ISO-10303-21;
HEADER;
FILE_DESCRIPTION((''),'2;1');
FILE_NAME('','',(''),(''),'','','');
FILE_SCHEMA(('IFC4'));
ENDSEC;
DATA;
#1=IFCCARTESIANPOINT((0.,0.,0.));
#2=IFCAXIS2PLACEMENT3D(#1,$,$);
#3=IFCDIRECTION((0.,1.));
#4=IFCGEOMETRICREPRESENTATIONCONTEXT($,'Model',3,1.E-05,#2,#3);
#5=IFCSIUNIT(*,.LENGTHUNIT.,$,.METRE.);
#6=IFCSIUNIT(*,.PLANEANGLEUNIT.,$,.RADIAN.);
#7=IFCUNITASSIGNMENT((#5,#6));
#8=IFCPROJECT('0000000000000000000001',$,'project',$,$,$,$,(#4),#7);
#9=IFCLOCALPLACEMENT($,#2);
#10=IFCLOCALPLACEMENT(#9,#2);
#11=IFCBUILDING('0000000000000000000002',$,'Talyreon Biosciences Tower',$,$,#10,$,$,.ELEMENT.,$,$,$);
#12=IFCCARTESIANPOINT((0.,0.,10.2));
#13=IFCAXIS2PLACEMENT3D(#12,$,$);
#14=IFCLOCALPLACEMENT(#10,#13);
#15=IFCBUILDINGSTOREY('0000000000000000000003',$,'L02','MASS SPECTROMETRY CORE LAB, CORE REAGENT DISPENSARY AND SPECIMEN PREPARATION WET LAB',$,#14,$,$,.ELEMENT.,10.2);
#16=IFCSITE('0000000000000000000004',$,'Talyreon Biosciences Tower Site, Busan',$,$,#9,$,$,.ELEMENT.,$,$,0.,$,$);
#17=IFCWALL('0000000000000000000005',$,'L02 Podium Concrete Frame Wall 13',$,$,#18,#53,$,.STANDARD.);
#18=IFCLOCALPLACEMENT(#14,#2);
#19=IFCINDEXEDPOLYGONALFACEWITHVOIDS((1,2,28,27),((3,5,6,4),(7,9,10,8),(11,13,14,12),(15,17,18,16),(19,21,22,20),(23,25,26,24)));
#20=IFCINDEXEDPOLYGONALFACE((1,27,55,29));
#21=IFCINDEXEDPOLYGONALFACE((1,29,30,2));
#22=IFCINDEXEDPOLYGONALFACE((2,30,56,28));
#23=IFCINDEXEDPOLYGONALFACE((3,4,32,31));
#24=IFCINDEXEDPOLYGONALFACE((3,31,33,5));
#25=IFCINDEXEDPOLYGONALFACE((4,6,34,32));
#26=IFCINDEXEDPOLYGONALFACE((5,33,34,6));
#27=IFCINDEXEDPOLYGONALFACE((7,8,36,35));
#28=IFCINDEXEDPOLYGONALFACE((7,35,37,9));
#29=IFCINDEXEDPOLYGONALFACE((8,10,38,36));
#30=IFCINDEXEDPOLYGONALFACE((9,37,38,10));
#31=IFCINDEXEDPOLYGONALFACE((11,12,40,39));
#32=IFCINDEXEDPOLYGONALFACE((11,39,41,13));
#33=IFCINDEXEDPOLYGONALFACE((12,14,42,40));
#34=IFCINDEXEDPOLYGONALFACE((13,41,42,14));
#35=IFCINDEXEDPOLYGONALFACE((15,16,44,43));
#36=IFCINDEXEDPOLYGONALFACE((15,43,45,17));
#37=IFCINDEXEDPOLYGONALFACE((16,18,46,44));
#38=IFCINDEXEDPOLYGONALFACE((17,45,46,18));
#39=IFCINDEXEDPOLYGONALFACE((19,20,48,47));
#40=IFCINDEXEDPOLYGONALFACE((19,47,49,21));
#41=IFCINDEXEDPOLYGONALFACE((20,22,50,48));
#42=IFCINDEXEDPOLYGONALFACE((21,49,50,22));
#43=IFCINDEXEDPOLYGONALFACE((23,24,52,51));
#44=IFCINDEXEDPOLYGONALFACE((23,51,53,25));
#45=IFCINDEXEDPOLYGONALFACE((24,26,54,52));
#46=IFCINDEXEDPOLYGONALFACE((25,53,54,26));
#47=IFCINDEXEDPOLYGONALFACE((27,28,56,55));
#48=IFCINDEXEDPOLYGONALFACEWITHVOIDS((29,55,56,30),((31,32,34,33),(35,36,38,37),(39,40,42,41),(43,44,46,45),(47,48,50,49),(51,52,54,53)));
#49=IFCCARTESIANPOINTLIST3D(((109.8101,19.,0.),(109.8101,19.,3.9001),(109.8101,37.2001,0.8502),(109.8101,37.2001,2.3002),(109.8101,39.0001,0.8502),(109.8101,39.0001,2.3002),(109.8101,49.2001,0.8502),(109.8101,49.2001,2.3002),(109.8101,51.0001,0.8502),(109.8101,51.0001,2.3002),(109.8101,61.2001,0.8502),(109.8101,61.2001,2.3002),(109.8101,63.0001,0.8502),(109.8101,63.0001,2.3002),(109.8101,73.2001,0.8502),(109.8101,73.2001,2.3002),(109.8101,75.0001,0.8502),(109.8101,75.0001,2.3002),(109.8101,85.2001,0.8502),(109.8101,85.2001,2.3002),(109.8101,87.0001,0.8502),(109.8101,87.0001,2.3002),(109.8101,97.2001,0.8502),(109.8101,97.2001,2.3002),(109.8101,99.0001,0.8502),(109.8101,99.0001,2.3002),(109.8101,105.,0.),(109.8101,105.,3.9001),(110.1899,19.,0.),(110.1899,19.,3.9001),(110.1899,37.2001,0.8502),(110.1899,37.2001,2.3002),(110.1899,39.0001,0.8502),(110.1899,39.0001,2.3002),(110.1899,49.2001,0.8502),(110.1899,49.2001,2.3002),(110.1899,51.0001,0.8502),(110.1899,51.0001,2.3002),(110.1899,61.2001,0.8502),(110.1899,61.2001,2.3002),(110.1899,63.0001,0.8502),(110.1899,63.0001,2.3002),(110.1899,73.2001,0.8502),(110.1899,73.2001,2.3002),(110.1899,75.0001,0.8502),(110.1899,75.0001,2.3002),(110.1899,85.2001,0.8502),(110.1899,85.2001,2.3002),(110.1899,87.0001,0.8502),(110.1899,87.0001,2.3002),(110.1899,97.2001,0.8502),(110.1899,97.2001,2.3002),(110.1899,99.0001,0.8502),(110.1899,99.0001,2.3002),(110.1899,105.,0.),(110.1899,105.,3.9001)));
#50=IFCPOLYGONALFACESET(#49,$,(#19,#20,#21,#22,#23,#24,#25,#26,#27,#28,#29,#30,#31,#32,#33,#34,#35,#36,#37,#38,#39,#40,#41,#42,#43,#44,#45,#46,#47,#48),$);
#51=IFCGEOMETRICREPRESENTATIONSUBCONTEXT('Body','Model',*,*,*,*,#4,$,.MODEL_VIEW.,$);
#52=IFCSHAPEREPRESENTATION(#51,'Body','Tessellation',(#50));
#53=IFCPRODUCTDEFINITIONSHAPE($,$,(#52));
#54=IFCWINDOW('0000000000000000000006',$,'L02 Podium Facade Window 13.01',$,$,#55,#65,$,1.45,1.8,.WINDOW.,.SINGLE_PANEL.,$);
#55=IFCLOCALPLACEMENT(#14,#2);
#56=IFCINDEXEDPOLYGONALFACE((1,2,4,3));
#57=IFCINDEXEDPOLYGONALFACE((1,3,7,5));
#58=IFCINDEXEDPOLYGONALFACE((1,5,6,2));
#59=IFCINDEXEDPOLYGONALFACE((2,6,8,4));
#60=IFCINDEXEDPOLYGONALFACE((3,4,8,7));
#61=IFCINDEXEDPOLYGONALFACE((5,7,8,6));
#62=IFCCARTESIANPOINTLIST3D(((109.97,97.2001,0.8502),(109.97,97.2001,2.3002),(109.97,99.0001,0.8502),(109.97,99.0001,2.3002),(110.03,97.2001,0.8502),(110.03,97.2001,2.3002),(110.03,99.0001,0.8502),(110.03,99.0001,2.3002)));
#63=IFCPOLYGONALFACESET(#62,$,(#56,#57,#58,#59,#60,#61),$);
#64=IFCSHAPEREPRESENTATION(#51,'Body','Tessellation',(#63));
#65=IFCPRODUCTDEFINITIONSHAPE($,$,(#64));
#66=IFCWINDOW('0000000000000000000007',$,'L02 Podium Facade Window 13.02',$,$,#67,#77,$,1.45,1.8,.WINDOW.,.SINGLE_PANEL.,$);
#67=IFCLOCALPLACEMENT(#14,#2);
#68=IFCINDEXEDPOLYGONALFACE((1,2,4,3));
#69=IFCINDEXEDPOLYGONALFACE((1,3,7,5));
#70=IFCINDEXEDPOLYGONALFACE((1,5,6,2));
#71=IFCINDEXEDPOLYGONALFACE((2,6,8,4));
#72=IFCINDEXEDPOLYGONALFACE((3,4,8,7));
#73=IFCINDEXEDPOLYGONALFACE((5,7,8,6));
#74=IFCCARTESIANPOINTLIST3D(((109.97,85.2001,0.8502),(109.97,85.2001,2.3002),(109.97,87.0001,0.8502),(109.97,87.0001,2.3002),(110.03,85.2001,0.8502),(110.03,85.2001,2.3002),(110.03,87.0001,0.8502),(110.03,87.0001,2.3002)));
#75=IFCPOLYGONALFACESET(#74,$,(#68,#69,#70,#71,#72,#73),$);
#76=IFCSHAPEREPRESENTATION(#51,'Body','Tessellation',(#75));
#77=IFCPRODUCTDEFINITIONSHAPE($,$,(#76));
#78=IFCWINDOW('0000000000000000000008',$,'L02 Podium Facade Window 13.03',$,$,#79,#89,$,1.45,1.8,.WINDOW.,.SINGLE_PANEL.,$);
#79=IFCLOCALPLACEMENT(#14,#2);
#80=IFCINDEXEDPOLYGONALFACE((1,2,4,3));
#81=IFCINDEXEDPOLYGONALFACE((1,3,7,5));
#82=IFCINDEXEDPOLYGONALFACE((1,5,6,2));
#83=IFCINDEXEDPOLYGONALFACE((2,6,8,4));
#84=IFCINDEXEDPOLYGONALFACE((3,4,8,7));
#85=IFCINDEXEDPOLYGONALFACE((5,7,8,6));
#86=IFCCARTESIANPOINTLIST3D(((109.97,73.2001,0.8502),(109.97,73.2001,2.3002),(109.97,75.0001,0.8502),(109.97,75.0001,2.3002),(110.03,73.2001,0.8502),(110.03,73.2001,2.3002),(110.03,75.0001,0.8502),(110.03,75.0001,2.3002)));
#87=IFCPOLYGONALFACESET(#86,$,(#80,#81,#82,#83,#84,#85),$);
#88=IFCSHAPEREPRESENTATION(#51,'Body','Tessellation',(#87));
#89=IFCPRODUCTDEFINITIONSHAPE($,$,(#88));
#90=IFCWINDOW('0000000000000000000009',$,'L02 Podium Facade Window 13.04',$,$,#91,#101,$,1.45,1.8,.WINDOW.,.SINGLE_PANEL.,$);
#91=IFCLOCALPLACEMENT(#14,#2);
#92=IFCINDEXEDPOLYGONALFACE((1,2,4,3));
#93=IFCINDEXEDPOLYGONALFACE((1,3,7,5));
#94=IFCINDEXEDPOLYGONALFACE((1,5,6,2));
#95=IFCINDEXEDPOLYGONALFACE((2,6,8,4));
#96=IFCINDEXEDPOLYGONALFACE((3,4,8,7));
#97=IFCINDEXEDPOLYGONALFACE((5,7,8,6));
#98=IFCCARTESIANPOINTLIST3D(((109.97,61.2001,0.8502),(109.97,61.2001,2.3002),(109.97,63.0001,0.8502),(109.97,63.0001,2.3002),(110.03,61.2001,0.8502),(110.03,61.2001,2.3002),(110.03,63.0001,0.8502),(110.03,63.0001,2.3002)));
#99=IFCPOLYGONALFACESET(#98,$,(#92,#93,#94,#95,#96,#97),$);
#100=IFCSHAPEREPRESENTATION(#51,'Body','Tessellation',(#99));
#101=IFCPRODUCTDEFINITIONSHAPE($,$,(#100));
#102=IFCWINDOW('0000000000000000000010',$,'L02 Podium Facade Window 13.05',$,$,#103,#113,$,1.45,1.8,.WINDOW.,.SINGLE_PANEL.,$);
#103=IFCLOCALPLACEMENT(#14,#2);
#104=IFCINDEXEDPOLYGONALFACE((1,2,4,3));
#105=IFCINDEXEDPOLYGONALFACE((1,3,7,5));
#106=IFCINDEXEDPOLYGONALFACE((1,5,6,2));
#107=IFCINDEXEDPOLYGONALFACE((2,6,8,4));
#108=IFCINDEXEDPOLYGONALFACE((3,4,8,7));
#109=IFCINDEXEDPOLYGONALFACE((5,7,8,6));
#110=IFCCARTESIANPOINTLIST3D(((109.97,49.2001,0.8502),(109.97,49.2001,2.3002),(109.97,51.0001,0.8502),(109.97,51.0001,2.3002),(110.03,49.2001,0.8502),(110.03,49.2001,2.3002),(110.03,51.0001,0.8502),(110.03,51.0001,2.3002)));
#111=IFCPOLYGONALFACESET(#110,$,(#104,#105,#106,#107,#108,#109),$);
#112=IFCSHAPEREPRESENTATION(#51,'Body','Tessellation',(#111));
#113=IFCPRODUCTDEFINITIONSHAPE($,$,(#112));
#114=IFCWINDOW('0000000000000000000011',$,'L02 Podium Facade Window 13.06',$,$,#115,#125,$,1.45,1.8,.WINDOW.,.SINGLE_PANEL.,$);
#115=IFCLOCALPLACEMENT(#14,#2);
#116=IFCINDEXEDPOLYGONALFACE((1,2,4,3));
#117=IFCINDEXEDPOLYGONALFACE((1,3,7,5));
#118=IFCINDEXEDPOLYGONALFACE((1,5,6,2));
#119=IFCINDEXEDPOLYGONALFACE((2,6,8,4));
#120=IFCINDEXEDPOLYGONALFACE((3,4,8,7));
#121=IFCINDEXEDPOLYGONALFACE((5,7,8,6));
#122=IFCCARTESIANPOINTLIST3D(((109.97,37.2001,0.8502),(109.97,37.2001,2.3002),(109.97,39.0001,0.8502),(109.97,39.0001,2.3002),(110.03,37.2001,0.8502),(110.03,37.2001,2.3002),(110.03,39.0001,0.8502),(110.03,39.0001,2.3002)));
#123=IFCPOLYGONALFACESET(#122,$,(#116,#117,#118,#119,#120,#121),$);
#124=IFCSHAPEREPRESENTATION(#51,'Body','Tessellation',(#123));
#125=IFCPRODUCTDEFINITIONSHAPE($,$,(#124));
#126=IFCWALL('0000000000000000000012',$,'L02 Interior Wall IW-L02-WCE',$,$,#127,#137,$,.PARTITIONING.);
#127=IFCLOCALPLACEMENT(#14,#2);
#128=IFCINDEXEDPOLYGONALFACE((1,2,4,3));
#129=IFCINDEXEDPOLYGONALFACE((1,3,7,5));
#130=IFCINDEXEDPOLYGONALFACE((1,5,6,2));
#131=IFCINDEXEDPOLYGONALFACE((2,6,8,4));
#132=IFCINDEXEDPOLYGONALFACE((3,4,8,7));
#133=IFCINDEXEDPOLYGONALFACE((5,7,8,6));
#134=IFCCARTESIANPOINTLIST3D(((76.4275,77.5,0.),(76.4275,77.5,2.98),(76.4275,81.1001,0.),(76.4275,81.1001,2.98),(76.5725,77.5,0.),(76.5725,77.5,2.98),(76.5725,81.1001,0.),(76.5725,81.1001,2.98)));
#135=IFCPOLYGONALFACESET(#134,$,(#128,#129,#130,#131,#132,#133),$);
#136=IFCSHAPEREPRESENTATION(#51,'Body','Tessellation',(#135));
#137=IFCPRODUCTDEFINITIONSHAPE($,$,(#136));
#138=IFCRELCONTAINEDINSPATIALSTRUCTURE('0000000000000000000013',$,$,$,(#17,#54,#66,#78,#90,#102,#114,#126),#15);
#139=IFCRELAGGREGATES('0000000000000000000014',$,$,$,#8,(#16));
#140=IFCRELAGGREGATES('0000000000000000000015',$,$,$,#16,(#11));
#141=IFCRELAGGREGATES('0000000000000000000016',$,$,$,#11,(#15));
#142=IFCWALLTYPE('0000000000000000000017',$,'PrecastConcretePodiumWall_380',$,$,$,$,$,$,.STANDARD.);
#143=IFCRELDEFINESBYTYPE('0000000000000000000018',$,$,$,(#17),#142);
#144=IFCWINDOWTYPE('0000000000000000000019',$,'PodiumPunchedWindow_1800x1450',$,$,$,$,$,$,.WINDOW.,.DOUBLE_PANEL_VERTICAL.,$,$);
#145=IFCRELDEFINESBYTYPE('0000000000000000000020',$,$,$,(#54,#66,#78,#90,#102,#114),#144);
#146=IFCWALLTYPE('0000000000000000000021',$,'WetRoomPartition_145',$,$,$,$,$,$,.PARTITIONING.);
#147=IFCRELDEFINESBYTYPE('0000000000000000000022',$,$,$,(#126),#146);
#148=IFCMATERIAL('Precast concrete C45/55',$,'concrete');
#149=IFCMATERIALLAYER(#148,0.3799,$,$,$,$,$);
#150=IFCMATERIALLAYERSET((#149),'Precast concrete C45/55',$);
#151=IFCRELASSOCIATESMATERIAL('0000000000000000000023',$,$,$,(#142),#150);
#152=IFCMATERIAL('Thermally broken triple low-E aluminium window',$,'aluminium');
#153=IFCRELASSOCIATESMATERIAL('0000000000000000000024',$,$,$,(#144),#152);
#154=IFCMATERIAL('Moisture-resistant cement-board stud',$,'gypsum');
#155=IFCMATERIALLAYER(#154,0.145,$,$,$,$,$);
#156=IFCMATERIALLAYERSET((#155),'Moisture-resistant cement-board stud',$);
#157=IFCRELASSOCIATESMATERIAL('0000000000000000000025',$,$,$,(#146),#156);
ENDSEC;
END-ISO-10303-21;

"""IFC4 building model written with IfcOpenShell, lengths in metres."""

from ifc_helpers import new_model, si_unit, direction, frame, frame_2d, origin, place, context, subcontext, project, spatial, rectangle, extrude, material, layer, layer_set, type_object, element, fill, save


model = new_model("IFC4")

# Units and contexts
model_context = context("Model", 3, precision=1e-05, world=origin(), true_north=direction((0.0, 1.0)))
body_context = subcontext(model_context, "Body", "Model", "MODEL_VIEW")
ifc_project = project(units=[si_unit("LENGTHUNIT", "METRE"), si_unit("PLANEANGLEUNIT", "RADIAN")], contexts=[model_context])

# Site, building, storey
site_placement = place(None, origin())
site = spatial("IfcSite", under=ifc_project, at=site_placement, Name="Talyreon Biosciences Tower Site, Busan", CompositionType="ELEMENT", RefElevation=0.0)
building_placement = place(site_placement, origin())
building = spatial("IfcBuilding", under=site, at=building_placement, Name="Talyreon Biosciences Tower", CompositionType="ELEMENT")
storey_placement = place(building_placement, frame((0.0, 0.0, 10.2)))
storey = spatial("IfcBuildingStorey", under=building, at=storey_placement, Name="L02", Description="MASS SPECTROMETRY CORE LAB, CORE REAGENT DISPENSARY AND SPECIMEN PREPARATION WET LAB", CompositionType="ELEMENT", Elevation=10.2)

# Shared definitions
ifc_material_1 = material(Name="Precast concrete C45/55", Category="concrete")
ifc_layer_1 = layer(ifc_material_1, 0.3799)
ifc_layer_set_1 = layer_set([ifc_layer_1], Name="Precast concrete C45/55")
wall_type_1 = type_object("IfcWallType", Name="PrecastConcretePodiumWall_380", PredefinedType="STANDARD", material=ifc_layer_set_1)

# Wall, openings, windows
wall_1_placement = place(storey_placement, frame((110.0, 105.0, 0.0), z_axis=(0.0, 0.0, 1.0), x_axis=(0.0, -1.0, 0.0)))
wall_1 = element("IfcWall", 1, at=wall_1_placement, inside=storey, type_object=wall_type_1, Name="L02 Podium Concrete Frame Wall 13", PredefinedType="STANDARD", context=body_context, shape_type="SweptSolid", body=[
    extrude(rectangle(XDim=86.0, YDim=0.3799, at=frame_2d((43.0, 0.0))), origin(), (0.0, 0.0, 1.0), 3.9001),
])
opening_1_placement = place(wall_1_placement, frame((6.0, 0.0, 0.8501)))
opening_1 = element("IfcOpeningElement", 2, at=opening_1_placement, cuts=wall_1, PredefinedType="OPENING", context=body_context, shape_type="SweptSolid", body=[
    extrude(rectangle(XDim=1.8, YDim=1.45, at=frame_2d((0.8999, 0.7251))), frame((0.0, 0.2, 0.0), z_axis=(0.0, -1.0, 0.0), x_axis=(1.0, 0.0, 0.0)), (0.0, 0.0, 1.0), 0.3999),
])
opening_2_placement = place(wall_1_placement, frame((18.0, 0.0, 0.8501)))
opening_2 = element("IfcOpeningElement", 3, at=opening_2_placement, cuts=wall_1, PredefinedType="OPENING", context=body_context, shape_type="SweptSolid", body=[
    extrude(rectangle(XDim=1.8, YDim=1.45, at=frame_2d((0.8999, 0.7251))), frame((0.0, 0.2, 0.0), z_axis=(0.0, -1.0, 0.0), x_axis=(1.0, 0.0, 0.0)), (0.0, 0.0, 1.0), 0.3999),
])
opening_3_placement = place(wall_1_placement, frame((30.0, 0.0, 0.8501)))
opening_3 = element("IfcOpeningElement", 4, at=opening_3_placement, cuts=wall_1, PredefinedType="OPENING", context=body_context, shape_type="SweptSolid", body=[
    extrude(rectangle(XDim=1.8, YDim=1.45, at=frame_2d((0.8999, 0.7251))), frame((0.0, 0.2, 0.0), z_axis=(0.0, -1.0, 0.0), x_axis=(1.0, 0.0, 0.0)), (0.0, 0.0, 1.0), 0.3999),
])
opening_4_placement = place(wall_1_placement, frame((42.0, 0.0, 0.8501)))
opening_4 = element("IfcOpeningElement", 5, at=opening_4_placement, cuts=wall_1, PredefinedType="OPENING", context=body_context, shape_type="SweptSolid", body=[
    extrude(rectangle(XDim=1.8, YDim=1.45, at=frame_2d((0.8999, 0.7251))), frame((0.0, 0.2, 0.0), z_axis=(0.0, -1.0, 0.0), x_axis=(1.0, 0.0, 0.0)), (0.0, 0.0, 1.0), 0.3999),
])
opening_5_placement = place(wall_1_placement, frame((54.0, 0.0, 0.8501)))
opening_5 = element("IfcOpeningElement", 6, at=opening_5_placement, cuts=wall_1, PredefinedType="OPENING", context=body_context, shape_type="SweptSolid", body=[
    extrude(rectangle(XDim=1.8, YDim=1.45, at=frame_2d((0.8999, 0.7251))), frame((0.0, 0.2, 0.0), z_axis=(0.0, -1.0, 0.0), x_axis=(1.0, 0.0, 0.0)), (0.0, 0.0, 1.0), 0.3999),
])
opening_6_placement = place(wall_1_placement, frame((66.0, 0.0, 0.8501)))
opening_6 = element("IfcOpeningElement", 7, at=opening_6_placement, cuts=wall_1, PredefinedType="OPENING", context=body_context, shape_type="SweptSolid", body=[
    extrude(rectangle(XDim=1.8, YDim=1.45, at=frame_2d((0.8999, 0.7251))), frame((0.0, 0.2, 0.0), z_axis=(0.0, -1.0, 0.0), x_axis=(1.0, 0.0, 0.0)), (0.0, 0.0, 1.0), 0.3999),
])
ifc_material_2 = material(Name="Thermally broken triple low-E aluminium window", Category="aluminium")
window_type = type_object("IfcWindowType", Name="PodiumPunchedWindow_1800x1450", PartitioningType="DOUBLE_PANEL_VERTICAL", PredefinedType="WINDOW", material=ifc_material_2)
window_1_placement = place(opening_1_placement, origin())
window_1 = element("IfcWindow", 8, at=window_1_placement, inside=storey, type_object=window_type, Name="L02 Podium Facade Window 13.01", OverallHeight=1.45, OverallWidth=1.8, PartitioningType="SINGLE_PANEL", PredefinedType="WINDOW", context=body_context, shape_type="SweptSolid", body=[
    extrude(rectangle(XDim=1.8, YDim=1.45, at=frame_2d((0.8999, 0.7251))), frame((0.0, 0.03, 0.0), z_axis=(0.0, -1.0, 0.0), x_axis=(1.0, 0.0, 0.0)), (0.0, 0.0, 1.0), 0.0601),
])
fill(opening_1, window_1)
window_2_placement = place(opening_2_placement, origin())
window_2 = element("IfcWindow", 9, at=window_2_placement, inside=storey, type_object=window_type, Name="L02 Podium Facade Window 13.02", OverallHeight=1.45, OverallWidth=1.8, PartitioningType="SINGLE_PANEL", PredefinedType="WINDOW", context=body_context, shape_type="SweptSolid", body=[
    extrude(rectangle(XDim=1.8, YDim=1.45, at=frame_2d((0.8999, 0.7251))), frame((0.0, 0.03, 0.0), z_axis=(0.0, -1.0, 0.0), x_axis=(1.0, 0.0, 0.0)), (0.0, 0.0, 1.0), 0.0601),
])
fill(opening_2, window_2)
window_3_placement = place(opening_3_placement, origin())
window_3 = element("IfcWindow", 10, at=window_3_placement, inside=storey, type_object=window_type, Name="L02 Podium Facade Window 13.03", OverallHeight=1.45, OverallWidth=1.8, PartitioningType="SINGLE_PANEL", PredefinedType="WINDOW", context=body_context, shape_type="SweptSolid", body=[
    extrude(rectangle(XDim=1.8, YDim=1.45, at=frame_2d((0.8999, 0.7251))), frame((0.0, 0.03, 0.0), z_axis=(0.0, -1.0, 0.0), x_axis=(1.0, 0.0, 0.0)), (0.0, 0.0, 1.0), 0.0601),
])
fill(opening_3, window_3)
window_4_placement = place(opening_4_placement, origin())
window_4 = element("IfcWindow", 11, at=window_4_placement, inside=storey, type_object=window_type, Name="L02 Podium Facade Window 13.04", OverallHeight=1.45, OverallWidth=1.8, PartitioningType="SINGLE_PANEL", PredefinedType="WINDOW", context=body_context, shape_type="SweptSolid", body=[
    extrude(rectangle(XDim=1.8, YDim=1.45, at=frame_2d((0.8999, 0.7251))), frame((0.0, 0.03, 0.0), z_axis=(0.0, -1.0, 0.0), x_axis=(1.0, 0.0, 0.0)), (0.0, 0.0, 1.0), 0.0601),
])
fill(opening_4, window_4)
window_5_placement = place(opening_5_placement, origin())
window_5 = element("IfcWindow", 12, at=window_5_placement, inside=storey, type_object=window_type, Name="L02 Podium Facade Window 13.05", OverallHeight=1.45, OverallWidth=1.8, PartitioningType="SINGLE_PANEL", PredefinedType="WINDOW", context=body_context, shape_type="SweptSolid", body=[
    extrude(rectangle(XDim=1.8, YDim=1.45, at=frame_2d((0.8999, 0.7251))), frame((0.0, 0.03, 0.0), z_axis=(0.0, -1.0, 0.0), x_axis=(1.0, 0.0, 0.0)), (0.0, 0.0, 1.0), 0.0601),
])
fill(opening_5, window_5)
window_6_placement = place(opening_6_placement, origin())
window_6 = element("IfcWindow", 13, at=window_6_placement, inside=storey, type_object=window_type, Name="L02 Podium Facade Window 13.06", OverallHeight=1.45, OverallWidth=1.8, PartitioningType="SINGLE_PANEL", PredefinedType="WINDOW", context=body_context, shape_type="SweptSolid", body=[
    extrude(rectangle(XDim=1.8, YDim=1.45, at=frame_2d((0.8999, 0.7251))), frame((0.0, 0.03, 0.0), z_axis=(0.0, -1.0, 0.0), x_axis=(1.0, 0.0, 0.0)), (0.0, 0.0, 1.0), 0.0601),
])
fill(opening_6, window_6)

# Wall
ifc_material_3 = material(Name="Moisture-resistant cement-board stud", Category="gypsum")
ifc_layer_2 = layer(ifc_material_3, 0.145)
ifc_layer_set_2 = layer_set([ifc_layer_2], Name="Moisture-resistant cement-board stud")
wall_type_2 = type_object("IfcWallType", Name="WetRoomPartition_145", PredefinedType="PARTITIONING", material=ifc_layer_set_2)
wall_2_placement = place(storey_placement, frame((76.5, 77.5, 0.0), z_axis=(0.0, 0.0, 1.0), x_axis=(0.0, 1.0, 0.0)))
element("IfcWall", 14, at=wall_2_placement, inside=storey, type_object=wall_type_2, Name="L02 Interior Wall IW-L02-WCE", PredefinedType="PARTITIONING", context=body_context, shape_type="SweptSolid", body=[
    extrude(rectangle(XDim=3.6001, YDim=0.145, at=frame_2d((1.8, 0.0))), origin(), (0.0, 0.0, 1.0), 2.98),
])

save(model, "model.ifc")
